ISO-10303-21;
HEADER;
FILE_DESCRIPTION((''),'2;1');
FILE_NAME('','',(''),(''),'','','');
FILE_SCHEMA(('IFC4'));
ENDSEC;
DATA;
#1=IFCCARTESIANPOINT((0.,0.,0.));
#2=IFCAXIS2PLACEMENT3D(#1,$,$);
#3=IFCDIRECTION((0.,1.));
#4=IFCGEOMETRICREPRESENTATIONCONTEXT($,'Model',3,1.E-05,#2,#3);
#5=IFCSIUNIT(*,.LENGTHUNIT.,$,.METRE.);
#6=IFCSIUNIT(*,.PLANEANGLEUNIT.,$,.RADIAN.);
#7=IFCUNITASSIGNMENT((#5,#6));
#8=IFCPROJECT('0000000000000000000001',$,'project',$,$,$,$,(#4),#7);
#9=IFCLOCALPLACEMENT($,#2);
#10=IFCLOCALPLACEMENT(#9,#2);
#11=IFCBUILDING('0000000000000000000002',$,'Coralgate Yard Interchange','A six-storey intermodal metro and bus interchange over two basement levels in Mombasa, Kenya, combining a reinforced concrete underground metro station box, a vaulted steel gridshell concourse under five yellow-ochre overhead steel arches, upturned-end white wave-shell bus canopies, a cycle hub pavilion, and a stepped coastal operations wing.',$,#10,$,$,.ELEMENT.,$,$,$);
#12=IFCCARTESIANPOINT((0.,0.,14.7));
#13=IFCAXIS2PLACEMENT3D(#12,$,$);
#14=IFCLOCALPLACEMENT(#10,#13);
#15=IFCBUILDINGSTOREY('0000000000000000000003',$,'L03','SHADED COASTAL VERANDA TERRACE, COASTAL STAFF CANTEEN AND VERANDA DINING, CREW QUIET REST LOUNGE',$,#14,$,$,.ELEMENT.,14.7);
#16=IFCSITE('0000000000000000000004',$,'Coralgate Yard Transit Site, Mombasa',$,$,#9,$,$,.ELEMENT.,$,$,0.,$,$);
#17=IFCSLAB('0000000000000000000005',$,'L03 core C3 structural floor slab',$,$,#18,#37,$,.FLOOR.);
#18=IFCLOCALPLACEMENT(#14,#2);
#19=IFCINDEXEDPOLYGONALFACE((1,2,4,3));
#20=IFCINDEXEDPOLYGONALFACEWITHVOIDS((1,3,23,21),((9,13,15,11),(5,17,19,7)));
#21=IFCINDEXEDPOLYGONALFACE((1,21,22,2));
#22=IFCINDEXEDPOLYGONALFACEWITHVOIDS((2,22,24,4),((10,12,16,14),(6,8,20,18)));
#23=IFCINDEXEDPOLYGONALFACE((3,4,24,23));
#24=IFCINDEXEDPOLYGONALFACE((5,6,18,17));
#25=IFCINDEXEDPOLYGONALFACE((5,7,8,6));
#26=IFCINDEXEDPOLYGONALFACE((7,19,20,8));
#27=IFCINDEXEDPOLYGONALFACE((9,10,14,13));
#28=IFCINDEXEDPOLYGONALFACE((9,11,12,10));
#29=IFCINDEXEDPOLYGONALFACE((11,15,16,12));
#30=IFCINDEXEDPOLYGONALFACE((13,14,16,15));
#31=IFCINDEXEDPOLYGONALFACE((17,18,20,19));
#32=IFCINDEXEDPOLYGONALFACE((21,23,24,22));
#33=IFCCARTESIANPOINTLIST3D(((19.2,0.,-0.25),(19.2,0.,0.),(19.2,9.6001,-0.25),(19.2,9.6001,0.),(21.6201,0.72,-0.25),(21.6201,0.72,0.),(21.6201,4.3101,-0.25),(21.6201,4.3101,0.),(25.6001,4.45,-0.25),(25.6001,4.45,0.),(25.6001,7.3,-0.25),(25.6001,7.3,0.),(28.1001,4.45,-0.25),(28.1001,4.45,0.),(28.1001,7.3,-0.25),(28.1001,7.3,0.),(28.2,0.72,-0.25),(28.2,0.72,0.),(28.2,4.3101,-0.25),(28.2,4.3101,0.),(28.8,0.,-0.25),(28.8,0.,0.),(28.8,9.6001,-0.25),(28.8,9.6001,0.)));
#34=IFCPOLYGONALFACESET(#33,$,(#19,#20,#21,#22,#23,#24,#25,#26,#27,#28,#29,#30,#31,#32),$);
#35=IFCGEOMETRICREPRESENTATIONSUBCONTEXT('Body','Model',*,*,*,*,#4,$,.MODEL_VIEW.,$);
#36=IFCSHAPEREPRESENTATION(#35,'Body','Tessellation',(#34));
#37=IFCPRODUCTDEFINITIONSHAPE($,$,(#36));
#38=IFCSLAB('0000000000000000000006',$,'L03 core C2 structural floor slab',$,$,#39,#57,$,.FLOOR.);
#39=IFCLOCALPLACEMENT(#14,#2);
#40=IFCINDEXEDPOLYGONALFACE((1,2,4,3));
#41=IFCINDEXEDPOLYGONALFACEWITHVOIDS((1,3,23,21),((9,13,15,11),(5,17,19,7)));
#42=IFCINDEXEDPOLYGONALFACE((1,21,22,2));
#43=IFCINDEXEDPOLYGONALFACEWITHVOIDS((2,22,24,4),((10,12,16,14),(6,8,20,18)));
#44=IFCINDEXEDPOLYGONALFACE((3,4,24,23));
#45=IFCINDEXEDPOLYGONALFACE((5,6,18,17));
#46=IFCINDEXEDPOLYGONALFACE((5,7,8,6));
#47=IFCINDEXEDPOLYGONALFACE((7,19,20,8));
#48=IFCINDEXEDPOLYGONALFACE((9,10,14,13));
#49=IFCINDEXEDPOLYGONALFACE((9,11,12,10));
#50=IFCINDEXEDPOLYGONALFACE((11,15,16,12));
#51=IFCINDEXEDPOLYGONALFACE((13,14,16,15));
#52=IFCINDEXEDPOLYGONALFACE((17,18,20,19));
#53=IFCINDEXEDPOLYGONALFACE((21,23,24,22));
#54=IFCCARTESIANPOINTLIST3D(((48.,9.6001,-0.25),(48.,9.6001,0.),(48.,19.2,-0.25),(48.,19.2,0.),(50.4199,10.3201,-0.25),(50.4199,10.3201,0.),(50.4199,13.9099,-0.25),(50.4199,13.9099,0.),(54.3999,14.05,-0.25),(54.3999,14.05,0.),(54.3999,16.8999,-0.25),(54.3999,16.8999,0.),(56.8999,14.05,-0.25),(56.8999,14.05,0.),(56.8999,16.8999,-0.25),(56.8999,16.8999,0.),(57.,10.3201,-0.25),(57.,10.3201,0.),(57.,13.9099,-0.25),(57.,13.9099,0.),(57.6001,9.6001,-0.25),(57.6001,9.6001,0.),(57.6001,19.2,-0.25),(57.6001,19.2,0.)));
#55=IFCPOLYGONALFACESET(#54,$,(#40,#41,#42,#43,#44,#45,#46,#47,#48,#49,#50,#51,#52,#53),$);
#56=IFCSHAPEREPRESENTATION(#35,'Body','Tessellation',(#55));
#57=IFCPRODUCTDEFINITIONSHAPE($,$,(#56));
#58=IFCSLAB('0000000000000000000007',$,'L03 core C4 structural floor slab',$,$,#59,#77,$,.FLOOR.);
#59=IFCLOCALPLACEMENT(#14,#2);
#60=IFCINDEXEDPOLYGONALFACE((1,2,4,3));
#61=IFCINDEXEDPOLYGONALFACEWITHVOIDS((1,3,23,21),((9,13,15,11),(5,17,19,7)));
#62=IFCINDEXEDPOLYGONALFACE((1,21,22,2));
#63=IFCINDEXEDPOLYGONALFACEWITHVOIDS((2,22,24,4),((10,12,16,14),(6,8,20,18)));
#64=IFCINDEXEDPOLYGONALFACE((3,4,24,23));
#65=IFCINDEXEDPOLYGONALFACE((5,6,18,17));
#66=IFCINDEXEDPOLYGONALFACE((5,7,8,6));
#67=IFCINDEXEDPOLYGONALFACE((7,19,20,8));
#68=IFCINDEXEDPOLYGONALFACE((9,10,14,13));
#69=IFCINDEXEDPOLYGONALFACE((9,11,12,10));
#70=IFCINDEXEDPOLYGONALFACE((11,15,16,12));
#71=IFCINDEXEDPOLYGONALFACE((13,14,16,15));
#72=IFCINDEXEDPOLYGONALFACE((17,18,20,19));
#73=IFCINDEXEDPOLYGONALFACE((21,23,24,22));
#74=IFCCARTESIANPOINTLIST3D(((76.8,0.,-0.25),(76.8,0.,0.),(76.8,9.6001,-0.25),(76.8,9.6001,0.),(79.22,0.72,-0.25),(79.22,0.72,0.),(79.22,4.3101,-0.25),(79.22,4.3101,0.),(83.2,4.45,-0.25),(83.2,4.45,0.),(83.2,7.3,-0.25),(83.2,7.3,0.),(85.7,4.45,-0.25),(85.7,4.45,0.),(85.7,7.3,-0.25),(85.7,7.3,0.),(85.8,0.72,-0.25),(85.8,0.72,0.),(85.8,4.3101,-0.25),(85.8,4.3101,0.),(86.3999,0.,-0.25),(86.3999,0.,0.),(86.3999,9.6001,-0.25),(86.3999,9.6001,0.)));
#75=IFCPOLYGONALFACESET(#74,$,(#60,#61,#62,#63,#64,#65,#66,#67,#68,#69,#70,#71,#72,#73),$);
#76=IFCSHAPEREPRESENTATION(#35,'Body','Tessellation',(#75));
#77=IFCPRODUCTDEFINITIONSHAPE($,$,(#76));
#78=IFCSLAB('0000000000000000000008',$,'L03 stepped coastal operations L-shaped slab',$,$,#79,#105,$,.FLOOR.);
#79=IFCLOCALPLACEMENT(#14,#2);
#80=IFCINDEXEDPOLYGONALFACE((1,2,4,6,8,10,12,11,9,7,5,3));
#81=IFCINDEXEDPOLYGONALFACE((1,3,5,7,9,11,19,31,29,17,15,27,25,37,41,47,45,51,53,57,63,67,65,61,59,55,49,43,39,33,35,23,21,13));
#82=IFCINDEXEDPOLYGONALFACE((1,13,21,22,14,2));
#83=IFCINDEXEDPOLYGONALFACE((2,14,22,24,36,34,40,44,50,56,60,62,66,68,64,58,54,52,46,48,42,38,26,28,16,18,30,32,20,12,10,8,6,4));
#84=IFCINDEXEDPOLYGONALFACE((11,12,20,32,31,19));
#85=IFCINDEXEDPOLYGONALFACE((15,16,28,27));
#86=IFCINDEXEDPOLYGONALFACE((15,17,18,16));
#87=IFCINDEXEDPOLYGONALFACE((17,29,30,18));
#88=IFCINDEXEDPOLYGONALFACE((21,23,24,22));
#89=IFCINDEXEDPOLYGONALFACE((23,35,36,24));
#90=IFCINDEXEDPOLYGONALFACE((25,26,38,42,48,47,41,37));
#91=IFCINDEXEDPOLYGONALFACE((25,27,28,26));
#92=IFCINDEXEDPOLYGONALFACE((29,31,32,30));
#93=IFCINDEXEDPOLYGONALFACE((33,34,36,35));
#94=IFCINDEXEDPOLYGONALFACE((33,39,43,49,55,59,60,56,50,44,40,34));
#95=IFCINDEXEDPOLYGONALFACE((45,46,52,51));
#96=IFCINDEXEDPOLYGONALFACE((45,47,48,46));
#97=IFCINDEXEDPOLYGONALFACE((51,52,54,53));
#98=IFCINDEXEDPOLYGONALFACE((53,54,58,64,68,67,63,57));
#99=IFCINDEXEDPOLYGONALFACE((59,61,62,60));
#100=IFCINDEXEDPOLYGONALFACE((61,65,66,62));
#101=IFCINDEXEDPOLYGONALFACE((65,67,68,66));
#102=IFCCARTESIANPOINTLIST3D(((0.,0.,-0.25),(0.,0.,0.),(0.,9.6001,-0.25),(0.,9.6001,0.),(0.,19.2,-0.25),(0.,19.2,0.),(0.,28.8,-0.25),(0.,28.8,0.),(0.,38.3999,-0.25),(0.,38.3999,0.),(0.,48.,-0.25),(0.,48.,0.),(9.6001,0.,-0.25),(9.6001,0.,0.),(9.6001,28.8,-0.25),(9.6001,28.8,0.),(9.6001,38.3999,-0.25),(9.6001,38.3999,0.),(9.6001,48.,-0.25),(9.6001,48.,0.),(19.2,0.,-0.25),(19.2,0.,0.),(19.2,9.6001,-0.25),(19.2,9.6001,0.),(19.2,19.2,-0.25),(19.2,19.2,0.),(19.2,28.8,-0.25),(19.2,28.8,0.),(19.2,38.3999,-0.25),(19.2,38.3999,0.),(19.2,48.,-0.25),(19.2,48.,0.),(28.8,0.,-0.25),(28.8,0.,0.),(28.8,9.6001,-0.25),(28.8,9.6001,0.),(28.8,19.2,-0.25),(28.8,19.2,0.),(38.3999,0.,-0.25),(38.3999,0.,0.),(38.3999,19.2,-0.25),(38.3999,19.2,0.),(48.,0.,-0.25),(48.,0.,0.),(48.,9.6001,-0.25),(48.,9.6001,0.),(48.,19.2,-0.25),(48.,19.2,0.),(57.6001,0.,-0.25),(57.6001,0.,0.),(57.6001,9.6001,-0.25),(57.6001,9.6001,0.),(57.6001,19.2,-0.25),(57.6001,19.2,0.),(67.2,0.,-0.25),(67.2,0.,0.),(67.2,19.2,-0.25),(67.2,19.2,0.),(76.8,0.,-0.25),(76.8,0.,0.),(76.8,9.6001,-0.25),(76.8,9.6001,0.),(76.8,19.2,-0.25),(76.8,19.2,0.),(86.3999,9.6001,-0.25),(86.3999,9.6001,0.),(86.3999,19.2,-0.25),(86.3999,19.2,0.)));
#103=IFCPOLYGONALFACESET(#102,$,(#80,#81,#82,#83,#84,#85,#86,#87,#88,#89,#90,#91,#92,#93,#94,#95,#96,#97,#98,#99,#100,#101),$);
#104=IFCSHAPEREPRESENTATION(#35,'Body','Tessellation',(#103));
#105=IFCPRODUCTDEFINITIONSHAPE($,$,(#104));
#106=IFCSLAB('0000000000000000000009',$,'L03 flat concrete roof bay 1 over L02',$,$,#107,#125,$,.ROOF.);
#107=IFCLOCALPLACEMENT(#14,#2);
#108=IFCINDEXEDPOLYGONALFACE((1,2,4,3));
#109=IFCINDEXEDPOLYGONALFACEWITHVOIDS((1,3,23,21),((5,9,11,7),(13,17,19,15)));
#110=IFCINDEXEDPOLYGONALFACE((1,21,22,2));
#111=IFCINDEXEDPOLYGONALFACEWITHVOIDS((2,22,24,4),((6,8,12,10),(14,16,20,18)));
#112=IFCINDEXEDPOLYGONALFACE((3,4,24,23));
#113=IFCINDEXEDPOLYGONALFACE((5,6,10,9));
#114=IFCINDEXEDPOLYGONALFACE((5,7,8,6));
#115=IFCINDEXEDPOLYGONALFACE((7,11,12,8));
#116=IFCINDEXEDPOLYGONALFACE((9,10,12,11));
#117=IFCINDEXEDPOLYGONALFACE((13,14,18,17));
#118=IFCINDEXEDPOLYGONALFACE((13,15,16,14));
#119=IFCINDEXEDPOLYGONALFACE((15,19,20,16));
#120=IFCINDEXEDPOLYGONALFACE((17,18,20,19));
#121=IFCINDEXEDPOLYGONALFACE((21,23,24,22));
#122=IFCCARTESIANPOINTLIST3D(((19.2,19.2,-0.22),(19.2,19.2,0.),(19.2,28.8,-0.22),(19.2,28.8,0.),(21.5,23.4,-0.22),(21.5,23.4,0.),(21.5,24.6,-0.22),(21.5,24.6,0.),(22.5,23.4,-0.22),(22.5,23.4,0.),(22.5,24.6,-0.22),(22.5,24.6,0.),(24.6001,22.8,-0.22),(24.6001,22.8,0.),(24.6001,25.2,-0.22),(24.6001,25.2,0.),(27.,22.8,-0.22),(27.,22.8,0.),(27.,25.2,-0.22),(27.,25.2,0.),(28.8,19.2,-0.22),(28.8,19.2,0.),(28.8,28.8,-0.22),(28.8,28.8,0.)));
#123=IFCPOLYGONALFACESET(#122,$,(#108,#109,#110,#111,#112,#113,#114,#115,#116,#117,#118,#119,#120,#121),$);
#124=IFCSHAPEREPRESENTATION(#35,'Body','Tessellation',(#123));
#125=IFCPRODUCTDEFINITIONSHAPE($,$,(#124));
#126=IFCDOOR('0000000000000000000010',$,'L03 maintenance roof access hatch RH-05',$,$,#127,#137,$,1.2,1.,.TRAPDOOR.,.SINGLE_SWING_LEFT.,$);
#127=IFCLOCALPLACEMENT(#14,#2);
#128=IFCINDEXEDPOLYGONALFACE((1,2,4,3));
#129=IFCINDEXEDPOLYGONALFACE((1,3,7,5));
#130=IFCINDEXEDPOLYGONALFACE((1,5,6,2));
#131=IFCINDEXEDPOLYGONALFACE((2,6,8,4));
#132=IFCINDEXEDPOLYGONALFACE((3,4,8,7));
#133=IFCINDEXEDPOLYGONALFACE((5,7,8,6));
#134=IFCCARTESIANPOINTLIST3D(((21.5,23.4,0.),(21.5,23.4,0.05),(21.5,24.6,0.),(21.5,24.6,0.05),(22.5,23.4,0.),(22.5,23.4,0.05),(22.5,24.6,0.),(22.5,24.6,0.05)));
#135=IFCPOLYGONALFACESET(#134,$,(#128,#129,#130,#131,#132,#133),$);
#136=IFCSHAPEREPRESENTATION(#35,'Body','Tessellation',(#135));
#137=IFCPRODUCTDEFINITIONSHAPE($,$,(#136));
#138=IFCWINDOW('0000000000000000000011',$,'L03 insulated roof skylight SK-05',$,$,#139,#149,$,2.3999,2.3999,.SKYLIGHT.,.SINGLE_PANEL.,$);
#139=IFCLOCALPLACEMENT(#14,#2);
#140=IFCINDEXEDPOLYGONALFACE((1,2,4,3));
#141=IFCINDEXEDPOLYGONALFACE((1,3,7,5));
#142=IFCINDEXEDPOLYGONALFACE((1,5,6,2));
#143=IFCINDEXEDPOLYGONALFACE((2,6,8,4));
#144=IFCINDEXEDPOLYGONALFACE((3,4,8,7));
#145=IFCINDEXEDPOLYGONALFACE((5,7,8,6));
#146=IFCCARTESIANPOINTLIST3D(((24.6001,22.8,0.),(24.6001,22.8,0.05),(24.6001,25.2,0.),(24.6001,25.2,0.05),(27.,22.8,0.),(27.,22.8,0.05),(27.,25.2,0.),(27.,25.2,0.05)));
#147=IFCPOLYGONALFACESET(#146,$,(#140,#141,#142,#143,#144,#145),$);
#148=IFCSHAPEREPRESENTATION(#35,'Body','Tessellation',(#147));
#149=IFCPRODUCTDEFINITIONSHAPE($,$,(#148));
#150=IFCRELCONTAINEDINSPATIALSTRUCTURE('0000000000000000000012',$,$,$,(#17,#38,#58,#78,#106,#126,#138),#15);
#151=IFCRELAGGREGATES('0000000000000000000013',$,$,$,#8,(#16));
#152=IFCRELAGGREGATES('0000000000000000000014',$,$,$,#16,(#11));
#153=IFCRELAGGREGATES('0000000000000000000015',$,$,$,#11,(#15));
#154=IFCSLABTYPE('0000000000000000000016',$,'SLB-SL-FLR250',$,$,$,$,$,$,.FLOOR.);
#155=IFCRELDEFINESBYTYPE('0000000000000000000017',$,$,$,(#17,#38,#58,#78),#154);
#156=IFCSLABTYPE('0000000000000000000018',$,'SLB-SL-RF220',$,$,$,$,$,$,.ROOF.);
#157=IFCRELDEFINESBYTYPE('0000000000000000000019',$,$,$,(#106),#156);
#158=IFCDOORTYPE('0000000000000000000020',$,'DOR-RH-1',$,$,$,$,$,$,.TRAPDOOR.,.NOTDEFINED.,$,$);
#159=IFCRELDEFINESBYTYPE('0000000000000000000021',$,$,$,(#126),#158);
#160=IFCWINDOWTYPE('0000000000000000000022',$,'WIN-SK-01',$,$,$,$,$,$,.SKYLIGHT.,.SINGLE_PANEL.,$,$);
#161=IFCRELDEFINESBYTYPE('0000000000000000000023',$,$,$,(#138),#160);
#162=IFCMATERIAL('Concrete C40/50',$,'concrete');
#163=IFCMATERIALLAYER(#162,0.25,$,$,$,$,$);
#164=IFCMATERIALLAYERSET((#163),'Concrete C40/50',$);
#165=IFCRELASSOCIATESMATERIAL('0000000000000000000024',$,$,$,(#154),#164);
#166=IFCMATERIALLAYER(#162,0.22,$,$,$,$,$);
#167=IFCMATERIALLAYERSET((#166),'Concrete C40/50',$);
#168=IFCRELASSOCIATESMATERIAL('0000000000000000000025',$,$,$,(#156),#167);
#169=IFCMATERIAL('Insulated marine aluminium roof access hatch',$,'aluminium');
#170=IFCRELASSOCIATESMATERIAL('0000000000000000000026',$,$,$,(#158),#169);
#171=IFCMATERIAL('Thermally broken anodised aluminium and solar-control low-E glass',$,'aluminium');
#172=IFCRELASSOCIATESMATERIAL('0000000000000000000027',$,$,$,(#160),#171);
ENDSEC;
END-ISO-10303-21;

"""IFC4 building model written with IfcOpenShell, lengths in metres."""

from ifc_helpers import new_model, si_unit, direction, frame, origin, origin_2d, place, context, subcontext, project, spatial, polyline, rectangle, outline, extrude, material, layer, layer_set, type_object, element, fill, save


model = new_model("IFC4")

# Units and contexts
model_context = context("Model", 3, precision=1e-05, world=origin(), true_north=direction((0.0, 1.0)))
body_context = subcontext(model_context, "Body", "Model", "MODEL_VIEW")
ifc_project = project(units=[si_unit("LENGTHUNIT", "METRE"), si_unit("PLANEANGLEUNIT", "RADIAN")], contexts=[model_context])

# Site, building, storey
site_placement = place(None, origin())
site = spatial("IfcSite", under=ifc_project, at=site_placement, Name="Coralgate Yard Transit Site, Mombasa", CompositionType="ELEMENT", RefElevation=0.0)
building_placement = place(site_placement, origin())
building = spatial("IfcBuilding", under=site, at=building_placement, Name="Coralgate Yard Interchange", Description="A six-storey intermodal metro and bus interchange over two basement levels in Mombasa, Kenya, combining a reinforced concrete underground metro station box, a vaulted steel gridshell concourse under five yellow-ochre overhead steel arches, upturned-end white wave-shell bus canopies, a cycle hub pavilion, and a stepped coastal operations wing.", CompositionType="ELEMENT")
storey_placement = place(building_placement, frame((0.0, 0.0, 14.7)))
storey = spatial("IfcBuildingStorey", under=building, at=storey_placement, Name="L03", Description="SHADED COASTAL VERANDA TERRACE, COASTAL STAFF CANTEEN AND VERANDA DINING, CREW QUIET REST LOUNGE", CompositionType="ELEMENT", Elevation=14.7)

# Shared definitions
ifc_material_1 = material(Name="Concrete C40/50", Category="concrete")

# Slabs
ifc_layer_1 = layer(ifc_material_1, 0.25)
ifc_layer_set_1 = layer_set([ifc_layer_1], Name="Concrete C40/50")
slab_type_1 = type_object("IfcSlabType", Name="SLB-SL-FLR250", PredefinedType="FLOOR", material=ifc_layer_set_1)
slab_1_placement = place(storey_placement, frame((0.0, 0.0, -0.25)))
element("IfcSlab", 1, at=slab_1_placement, inside=storey, type_object=slab_type_1, Name="L03 core C3 structural floor slab", PredefinedType="FLOOR", context=body_context, shape_type="SweptSolid", body=[
    extrude(outline(polyline([(28.8, 9.6001), (28.8, 0.0), (19.2, 0.0), (19.2, 9.6001), (28.8, 9.6001)]), holes=[polyline([(28.2, 4.3101), (21.6201, 4.3101), (21.6201, 0.72), (28.2, 0.72), (28.2, 4.3101)]), polyline([(28.1001, 4.45), (28.1001, 7.3), (25.6001, 7.3), (25.6001, 4.45), (28.1001, 4.45)])]), origin(), (0.0, 0.0, 1.0), 0.25),
])
slab_2_placement = place(storey_placement, frame((0.0, 0.0, -0.25)))
element("IfcSlab", 2, at=slab_2_placement, inside=storey, type_object=slab_type_1, Name="L03 core C2 structural floor slab", PredefinedType="FLOOR", context=body_context, shape_type="SweptSolid", body=[
    extrude(outline(polyline([(57.6001, 19.2), (57.6001, 9.6001), (48.0, 9.6001), (48.0, 19.2), (57.6001, 19.2)]), holes=[polyline([(57.0, 13.9099), (50.4199, 13.9099), (50.4199, 10.3201), (57.0, 10.3201), (57.0, 13.9099)]), polyline([(56.8999, 14.05), (56.8999, 16.8999), (54.3999, 16.8999), (54.3999, 14.05), (56.8999, 14.05)])]), origin(), (0.0, 0.0, 1.0), 0.25),
])
slab_3_placement = place(storey_placement, frame((0.0, 0.0, -0.25)))
element("IfcSlab", 3, at=slab_3_placement, inside=storey, type_object=slab_type_1, Name="L03 core C4 structural floor slab", PredefinedType="FLOOR", context=body_context, shape_type="SweptSolid", body=[
    extrude(outline(polyline([(86.3999, 9.6001), (86.3999, 0.0), (76.8, 0.0), (76.8, 9.6001), (86.3999, 9.6001)]), holes=[polyline([(85.8, 4.3101), (79.22, 4.3101), (79.22, 0.72), (85.8, 0.72), (85.8, 4.3101)]), polyline([(85.7, 4.45), (85.7, 7.3), (83.2, 7.3), (83.2, 4.45), (85.7, 4.45)])]), origin(), (0.0, 0.0, 1.0), 0.25),
])
slab_4_placement = place(storey_placement, frame((0.0, 0.0, -0.25)))
element("IfcSlab", 4, at=slab_4_placement, inside=storey, type_object=slab_type_1, Name="L03 stepped coastal operations L-shaped slab", PredefinedType="FLOOR", context=body_context, shape_type="SweptSolid", body=[
    extrude(outline(polyline([(0.0, 28.8), (0.0, 38.3999), (0.0, 48.0), (9.6001, 48.0), (19.2, 48.0), (19.2, 38.3999), (9.6001, 38.3999), (9.6001, 28.8), (19.2, 28.8), (19.2, 19.2), (28.8, 19.2), (38.3999, 19.2), (48.0, 19.2), (48.0, 9.6001), (57.6001, 9.6001), (57.6001, 19.2), (67.2, 19.2), (76.8, 19.2), (86.3999, 19.2), (86.3999, 9.6001), (76.8, 9.6001), (76.8, 0.0), (67.2, 0.0), (57.6001, 0.0), (48.0, 0.0), (38.3999, 0.0), (28.8, 0.0), (28.8, 9.6001), (19.2, 9.6001), (19.2, 0.0), (9.6001, 0.0), (0.0, 0.0), (0.0, 9.6001), (0.0, 19.2), (0.0, 28.8)])), origin(), (0.0, 0.0, 1.0), 0.25),
])

# Slab, openings, door, window
ifc_layer_2 = layer(ifc_material_1, 0.22)
ifc_layer_set_2 = layer_set([ifc_layer_2], Name="Concrete C40/50")
slab_type_2 = type_object("IfcSlabType", Name="SLB-SL-RF220", PredefinedType="ROOF", material=ifc_layer_set_2)
slab_5_placement = place(storey_placement, frame((0.0, 0.0, -0.22)))
slab_5 = element("IfcSlab", 5, at=slab_5_placement, inside=storey, type_object=slab_type_2, Name="L03 flat concrete roof bay 1 over L02", PredefinedType="ROOF", context=body_context, shape_type="SweptSolid", body=[
    extrude(outline(polyline([(19.2, 19.2), (28.8, 19.2), (28.8, 28.8), (19.2, 28.8), (19.2, 19.2)])), origin(), (0.0, 0.0, 1.0), 0.22),
])
opening_1_placement = place(slab_5_placement, frame((22.0, 24.0, -0.01)))
opening_1 = element("IfcOpeningElement", 6, at=opening_1_placement, cuts=slab_5, PredefinedType="OPENING", context=body_context, shape_type="SweptSolid", body=[
    extrude(rectangle(XDim=1.0, YDim=1.2, at=origin_2d()), origin(), (0.0, 0.0, 1.0), 0.29),
])
opening_2_placement = place(slab_5_placement, frame((25.8, 24.0, -0.01)))
opening_2 = element("IfcOpeningElement", 7, at=opening_2_placement, cuts=slab_5, PredefinedType="OPENING", context=body_context, shape_type="SweptSolid", body=[
    extrude(rectangle(XDim=2.3999, YDim=2.3999, at=origin_2d()), origin(), (0.0, 0.0, 1.0), 0.29),
])
ifc_material_2 = material(Name="Insulated marine aluminium roof access hatch", Category="aluminium")
door_type_1 = type_object("IfcDoorType", Name="DOR-RH-1", OperationType="NOTDEFINED", PredefinedType="TRAPDOOR", material=ifc_material_2)
door_1_placement = place(opening_1_placement, frame((0.0, 0.0, 0.23)))
door_1 = element("IfcDoor", 8, at=door_1_placement, inside=storey, type_object=door_type_1, Name="L03 maintenance roof access hatch RH-05", OperationType="SINGLE_SWING_LEFT", OverallHeight=1.2, OverallWidth=1.0, PredefinedType="TRAPDOOR", context=body_context, shape_type="SweptSolid", body=[
    extrude(rectangle(XDim=1.0, YDim=1.2, at=origin_2d()), origin(), (0.0, 0.0, 1.0), 0.05),
])
fill(opening_1, door_1)
ifc_material_3 = material(Name="Thermally broken anodised aluminium and solar-control low-E glass", Category="aluminium")
window_type_1 = type_object("IfcWindowType", Name="WIN-SK-01", PartitioningType="SINGLE_PANEL", PredefinedType="SKYLIGHT", material=ifc_material_3)
window_1_placement = place(opening_2_placement, frame((0.0, 0.0, 0.23)))
window_1 = element("IfcWindow", 9, at=window_1_placement, inside=storey, type_object=window_type_1, Name="L03 insulated roof skylight SK-05", OverallHeight=2.3999, OverallWidth=2.3999, PartitioningType="SINGLE_PANEL", PredefinedType="SKYLIGHT", context=body_context, shape_type="SweptSolid", body=[
    extrude(rectangle(XDim=2.3999, YDim=2.3999, at=origin_2d()), origin(), (0.0, 0.0, 1.0), 0.05),
])
fill(opening_2, window_1)

save(model, "model.ifc")
